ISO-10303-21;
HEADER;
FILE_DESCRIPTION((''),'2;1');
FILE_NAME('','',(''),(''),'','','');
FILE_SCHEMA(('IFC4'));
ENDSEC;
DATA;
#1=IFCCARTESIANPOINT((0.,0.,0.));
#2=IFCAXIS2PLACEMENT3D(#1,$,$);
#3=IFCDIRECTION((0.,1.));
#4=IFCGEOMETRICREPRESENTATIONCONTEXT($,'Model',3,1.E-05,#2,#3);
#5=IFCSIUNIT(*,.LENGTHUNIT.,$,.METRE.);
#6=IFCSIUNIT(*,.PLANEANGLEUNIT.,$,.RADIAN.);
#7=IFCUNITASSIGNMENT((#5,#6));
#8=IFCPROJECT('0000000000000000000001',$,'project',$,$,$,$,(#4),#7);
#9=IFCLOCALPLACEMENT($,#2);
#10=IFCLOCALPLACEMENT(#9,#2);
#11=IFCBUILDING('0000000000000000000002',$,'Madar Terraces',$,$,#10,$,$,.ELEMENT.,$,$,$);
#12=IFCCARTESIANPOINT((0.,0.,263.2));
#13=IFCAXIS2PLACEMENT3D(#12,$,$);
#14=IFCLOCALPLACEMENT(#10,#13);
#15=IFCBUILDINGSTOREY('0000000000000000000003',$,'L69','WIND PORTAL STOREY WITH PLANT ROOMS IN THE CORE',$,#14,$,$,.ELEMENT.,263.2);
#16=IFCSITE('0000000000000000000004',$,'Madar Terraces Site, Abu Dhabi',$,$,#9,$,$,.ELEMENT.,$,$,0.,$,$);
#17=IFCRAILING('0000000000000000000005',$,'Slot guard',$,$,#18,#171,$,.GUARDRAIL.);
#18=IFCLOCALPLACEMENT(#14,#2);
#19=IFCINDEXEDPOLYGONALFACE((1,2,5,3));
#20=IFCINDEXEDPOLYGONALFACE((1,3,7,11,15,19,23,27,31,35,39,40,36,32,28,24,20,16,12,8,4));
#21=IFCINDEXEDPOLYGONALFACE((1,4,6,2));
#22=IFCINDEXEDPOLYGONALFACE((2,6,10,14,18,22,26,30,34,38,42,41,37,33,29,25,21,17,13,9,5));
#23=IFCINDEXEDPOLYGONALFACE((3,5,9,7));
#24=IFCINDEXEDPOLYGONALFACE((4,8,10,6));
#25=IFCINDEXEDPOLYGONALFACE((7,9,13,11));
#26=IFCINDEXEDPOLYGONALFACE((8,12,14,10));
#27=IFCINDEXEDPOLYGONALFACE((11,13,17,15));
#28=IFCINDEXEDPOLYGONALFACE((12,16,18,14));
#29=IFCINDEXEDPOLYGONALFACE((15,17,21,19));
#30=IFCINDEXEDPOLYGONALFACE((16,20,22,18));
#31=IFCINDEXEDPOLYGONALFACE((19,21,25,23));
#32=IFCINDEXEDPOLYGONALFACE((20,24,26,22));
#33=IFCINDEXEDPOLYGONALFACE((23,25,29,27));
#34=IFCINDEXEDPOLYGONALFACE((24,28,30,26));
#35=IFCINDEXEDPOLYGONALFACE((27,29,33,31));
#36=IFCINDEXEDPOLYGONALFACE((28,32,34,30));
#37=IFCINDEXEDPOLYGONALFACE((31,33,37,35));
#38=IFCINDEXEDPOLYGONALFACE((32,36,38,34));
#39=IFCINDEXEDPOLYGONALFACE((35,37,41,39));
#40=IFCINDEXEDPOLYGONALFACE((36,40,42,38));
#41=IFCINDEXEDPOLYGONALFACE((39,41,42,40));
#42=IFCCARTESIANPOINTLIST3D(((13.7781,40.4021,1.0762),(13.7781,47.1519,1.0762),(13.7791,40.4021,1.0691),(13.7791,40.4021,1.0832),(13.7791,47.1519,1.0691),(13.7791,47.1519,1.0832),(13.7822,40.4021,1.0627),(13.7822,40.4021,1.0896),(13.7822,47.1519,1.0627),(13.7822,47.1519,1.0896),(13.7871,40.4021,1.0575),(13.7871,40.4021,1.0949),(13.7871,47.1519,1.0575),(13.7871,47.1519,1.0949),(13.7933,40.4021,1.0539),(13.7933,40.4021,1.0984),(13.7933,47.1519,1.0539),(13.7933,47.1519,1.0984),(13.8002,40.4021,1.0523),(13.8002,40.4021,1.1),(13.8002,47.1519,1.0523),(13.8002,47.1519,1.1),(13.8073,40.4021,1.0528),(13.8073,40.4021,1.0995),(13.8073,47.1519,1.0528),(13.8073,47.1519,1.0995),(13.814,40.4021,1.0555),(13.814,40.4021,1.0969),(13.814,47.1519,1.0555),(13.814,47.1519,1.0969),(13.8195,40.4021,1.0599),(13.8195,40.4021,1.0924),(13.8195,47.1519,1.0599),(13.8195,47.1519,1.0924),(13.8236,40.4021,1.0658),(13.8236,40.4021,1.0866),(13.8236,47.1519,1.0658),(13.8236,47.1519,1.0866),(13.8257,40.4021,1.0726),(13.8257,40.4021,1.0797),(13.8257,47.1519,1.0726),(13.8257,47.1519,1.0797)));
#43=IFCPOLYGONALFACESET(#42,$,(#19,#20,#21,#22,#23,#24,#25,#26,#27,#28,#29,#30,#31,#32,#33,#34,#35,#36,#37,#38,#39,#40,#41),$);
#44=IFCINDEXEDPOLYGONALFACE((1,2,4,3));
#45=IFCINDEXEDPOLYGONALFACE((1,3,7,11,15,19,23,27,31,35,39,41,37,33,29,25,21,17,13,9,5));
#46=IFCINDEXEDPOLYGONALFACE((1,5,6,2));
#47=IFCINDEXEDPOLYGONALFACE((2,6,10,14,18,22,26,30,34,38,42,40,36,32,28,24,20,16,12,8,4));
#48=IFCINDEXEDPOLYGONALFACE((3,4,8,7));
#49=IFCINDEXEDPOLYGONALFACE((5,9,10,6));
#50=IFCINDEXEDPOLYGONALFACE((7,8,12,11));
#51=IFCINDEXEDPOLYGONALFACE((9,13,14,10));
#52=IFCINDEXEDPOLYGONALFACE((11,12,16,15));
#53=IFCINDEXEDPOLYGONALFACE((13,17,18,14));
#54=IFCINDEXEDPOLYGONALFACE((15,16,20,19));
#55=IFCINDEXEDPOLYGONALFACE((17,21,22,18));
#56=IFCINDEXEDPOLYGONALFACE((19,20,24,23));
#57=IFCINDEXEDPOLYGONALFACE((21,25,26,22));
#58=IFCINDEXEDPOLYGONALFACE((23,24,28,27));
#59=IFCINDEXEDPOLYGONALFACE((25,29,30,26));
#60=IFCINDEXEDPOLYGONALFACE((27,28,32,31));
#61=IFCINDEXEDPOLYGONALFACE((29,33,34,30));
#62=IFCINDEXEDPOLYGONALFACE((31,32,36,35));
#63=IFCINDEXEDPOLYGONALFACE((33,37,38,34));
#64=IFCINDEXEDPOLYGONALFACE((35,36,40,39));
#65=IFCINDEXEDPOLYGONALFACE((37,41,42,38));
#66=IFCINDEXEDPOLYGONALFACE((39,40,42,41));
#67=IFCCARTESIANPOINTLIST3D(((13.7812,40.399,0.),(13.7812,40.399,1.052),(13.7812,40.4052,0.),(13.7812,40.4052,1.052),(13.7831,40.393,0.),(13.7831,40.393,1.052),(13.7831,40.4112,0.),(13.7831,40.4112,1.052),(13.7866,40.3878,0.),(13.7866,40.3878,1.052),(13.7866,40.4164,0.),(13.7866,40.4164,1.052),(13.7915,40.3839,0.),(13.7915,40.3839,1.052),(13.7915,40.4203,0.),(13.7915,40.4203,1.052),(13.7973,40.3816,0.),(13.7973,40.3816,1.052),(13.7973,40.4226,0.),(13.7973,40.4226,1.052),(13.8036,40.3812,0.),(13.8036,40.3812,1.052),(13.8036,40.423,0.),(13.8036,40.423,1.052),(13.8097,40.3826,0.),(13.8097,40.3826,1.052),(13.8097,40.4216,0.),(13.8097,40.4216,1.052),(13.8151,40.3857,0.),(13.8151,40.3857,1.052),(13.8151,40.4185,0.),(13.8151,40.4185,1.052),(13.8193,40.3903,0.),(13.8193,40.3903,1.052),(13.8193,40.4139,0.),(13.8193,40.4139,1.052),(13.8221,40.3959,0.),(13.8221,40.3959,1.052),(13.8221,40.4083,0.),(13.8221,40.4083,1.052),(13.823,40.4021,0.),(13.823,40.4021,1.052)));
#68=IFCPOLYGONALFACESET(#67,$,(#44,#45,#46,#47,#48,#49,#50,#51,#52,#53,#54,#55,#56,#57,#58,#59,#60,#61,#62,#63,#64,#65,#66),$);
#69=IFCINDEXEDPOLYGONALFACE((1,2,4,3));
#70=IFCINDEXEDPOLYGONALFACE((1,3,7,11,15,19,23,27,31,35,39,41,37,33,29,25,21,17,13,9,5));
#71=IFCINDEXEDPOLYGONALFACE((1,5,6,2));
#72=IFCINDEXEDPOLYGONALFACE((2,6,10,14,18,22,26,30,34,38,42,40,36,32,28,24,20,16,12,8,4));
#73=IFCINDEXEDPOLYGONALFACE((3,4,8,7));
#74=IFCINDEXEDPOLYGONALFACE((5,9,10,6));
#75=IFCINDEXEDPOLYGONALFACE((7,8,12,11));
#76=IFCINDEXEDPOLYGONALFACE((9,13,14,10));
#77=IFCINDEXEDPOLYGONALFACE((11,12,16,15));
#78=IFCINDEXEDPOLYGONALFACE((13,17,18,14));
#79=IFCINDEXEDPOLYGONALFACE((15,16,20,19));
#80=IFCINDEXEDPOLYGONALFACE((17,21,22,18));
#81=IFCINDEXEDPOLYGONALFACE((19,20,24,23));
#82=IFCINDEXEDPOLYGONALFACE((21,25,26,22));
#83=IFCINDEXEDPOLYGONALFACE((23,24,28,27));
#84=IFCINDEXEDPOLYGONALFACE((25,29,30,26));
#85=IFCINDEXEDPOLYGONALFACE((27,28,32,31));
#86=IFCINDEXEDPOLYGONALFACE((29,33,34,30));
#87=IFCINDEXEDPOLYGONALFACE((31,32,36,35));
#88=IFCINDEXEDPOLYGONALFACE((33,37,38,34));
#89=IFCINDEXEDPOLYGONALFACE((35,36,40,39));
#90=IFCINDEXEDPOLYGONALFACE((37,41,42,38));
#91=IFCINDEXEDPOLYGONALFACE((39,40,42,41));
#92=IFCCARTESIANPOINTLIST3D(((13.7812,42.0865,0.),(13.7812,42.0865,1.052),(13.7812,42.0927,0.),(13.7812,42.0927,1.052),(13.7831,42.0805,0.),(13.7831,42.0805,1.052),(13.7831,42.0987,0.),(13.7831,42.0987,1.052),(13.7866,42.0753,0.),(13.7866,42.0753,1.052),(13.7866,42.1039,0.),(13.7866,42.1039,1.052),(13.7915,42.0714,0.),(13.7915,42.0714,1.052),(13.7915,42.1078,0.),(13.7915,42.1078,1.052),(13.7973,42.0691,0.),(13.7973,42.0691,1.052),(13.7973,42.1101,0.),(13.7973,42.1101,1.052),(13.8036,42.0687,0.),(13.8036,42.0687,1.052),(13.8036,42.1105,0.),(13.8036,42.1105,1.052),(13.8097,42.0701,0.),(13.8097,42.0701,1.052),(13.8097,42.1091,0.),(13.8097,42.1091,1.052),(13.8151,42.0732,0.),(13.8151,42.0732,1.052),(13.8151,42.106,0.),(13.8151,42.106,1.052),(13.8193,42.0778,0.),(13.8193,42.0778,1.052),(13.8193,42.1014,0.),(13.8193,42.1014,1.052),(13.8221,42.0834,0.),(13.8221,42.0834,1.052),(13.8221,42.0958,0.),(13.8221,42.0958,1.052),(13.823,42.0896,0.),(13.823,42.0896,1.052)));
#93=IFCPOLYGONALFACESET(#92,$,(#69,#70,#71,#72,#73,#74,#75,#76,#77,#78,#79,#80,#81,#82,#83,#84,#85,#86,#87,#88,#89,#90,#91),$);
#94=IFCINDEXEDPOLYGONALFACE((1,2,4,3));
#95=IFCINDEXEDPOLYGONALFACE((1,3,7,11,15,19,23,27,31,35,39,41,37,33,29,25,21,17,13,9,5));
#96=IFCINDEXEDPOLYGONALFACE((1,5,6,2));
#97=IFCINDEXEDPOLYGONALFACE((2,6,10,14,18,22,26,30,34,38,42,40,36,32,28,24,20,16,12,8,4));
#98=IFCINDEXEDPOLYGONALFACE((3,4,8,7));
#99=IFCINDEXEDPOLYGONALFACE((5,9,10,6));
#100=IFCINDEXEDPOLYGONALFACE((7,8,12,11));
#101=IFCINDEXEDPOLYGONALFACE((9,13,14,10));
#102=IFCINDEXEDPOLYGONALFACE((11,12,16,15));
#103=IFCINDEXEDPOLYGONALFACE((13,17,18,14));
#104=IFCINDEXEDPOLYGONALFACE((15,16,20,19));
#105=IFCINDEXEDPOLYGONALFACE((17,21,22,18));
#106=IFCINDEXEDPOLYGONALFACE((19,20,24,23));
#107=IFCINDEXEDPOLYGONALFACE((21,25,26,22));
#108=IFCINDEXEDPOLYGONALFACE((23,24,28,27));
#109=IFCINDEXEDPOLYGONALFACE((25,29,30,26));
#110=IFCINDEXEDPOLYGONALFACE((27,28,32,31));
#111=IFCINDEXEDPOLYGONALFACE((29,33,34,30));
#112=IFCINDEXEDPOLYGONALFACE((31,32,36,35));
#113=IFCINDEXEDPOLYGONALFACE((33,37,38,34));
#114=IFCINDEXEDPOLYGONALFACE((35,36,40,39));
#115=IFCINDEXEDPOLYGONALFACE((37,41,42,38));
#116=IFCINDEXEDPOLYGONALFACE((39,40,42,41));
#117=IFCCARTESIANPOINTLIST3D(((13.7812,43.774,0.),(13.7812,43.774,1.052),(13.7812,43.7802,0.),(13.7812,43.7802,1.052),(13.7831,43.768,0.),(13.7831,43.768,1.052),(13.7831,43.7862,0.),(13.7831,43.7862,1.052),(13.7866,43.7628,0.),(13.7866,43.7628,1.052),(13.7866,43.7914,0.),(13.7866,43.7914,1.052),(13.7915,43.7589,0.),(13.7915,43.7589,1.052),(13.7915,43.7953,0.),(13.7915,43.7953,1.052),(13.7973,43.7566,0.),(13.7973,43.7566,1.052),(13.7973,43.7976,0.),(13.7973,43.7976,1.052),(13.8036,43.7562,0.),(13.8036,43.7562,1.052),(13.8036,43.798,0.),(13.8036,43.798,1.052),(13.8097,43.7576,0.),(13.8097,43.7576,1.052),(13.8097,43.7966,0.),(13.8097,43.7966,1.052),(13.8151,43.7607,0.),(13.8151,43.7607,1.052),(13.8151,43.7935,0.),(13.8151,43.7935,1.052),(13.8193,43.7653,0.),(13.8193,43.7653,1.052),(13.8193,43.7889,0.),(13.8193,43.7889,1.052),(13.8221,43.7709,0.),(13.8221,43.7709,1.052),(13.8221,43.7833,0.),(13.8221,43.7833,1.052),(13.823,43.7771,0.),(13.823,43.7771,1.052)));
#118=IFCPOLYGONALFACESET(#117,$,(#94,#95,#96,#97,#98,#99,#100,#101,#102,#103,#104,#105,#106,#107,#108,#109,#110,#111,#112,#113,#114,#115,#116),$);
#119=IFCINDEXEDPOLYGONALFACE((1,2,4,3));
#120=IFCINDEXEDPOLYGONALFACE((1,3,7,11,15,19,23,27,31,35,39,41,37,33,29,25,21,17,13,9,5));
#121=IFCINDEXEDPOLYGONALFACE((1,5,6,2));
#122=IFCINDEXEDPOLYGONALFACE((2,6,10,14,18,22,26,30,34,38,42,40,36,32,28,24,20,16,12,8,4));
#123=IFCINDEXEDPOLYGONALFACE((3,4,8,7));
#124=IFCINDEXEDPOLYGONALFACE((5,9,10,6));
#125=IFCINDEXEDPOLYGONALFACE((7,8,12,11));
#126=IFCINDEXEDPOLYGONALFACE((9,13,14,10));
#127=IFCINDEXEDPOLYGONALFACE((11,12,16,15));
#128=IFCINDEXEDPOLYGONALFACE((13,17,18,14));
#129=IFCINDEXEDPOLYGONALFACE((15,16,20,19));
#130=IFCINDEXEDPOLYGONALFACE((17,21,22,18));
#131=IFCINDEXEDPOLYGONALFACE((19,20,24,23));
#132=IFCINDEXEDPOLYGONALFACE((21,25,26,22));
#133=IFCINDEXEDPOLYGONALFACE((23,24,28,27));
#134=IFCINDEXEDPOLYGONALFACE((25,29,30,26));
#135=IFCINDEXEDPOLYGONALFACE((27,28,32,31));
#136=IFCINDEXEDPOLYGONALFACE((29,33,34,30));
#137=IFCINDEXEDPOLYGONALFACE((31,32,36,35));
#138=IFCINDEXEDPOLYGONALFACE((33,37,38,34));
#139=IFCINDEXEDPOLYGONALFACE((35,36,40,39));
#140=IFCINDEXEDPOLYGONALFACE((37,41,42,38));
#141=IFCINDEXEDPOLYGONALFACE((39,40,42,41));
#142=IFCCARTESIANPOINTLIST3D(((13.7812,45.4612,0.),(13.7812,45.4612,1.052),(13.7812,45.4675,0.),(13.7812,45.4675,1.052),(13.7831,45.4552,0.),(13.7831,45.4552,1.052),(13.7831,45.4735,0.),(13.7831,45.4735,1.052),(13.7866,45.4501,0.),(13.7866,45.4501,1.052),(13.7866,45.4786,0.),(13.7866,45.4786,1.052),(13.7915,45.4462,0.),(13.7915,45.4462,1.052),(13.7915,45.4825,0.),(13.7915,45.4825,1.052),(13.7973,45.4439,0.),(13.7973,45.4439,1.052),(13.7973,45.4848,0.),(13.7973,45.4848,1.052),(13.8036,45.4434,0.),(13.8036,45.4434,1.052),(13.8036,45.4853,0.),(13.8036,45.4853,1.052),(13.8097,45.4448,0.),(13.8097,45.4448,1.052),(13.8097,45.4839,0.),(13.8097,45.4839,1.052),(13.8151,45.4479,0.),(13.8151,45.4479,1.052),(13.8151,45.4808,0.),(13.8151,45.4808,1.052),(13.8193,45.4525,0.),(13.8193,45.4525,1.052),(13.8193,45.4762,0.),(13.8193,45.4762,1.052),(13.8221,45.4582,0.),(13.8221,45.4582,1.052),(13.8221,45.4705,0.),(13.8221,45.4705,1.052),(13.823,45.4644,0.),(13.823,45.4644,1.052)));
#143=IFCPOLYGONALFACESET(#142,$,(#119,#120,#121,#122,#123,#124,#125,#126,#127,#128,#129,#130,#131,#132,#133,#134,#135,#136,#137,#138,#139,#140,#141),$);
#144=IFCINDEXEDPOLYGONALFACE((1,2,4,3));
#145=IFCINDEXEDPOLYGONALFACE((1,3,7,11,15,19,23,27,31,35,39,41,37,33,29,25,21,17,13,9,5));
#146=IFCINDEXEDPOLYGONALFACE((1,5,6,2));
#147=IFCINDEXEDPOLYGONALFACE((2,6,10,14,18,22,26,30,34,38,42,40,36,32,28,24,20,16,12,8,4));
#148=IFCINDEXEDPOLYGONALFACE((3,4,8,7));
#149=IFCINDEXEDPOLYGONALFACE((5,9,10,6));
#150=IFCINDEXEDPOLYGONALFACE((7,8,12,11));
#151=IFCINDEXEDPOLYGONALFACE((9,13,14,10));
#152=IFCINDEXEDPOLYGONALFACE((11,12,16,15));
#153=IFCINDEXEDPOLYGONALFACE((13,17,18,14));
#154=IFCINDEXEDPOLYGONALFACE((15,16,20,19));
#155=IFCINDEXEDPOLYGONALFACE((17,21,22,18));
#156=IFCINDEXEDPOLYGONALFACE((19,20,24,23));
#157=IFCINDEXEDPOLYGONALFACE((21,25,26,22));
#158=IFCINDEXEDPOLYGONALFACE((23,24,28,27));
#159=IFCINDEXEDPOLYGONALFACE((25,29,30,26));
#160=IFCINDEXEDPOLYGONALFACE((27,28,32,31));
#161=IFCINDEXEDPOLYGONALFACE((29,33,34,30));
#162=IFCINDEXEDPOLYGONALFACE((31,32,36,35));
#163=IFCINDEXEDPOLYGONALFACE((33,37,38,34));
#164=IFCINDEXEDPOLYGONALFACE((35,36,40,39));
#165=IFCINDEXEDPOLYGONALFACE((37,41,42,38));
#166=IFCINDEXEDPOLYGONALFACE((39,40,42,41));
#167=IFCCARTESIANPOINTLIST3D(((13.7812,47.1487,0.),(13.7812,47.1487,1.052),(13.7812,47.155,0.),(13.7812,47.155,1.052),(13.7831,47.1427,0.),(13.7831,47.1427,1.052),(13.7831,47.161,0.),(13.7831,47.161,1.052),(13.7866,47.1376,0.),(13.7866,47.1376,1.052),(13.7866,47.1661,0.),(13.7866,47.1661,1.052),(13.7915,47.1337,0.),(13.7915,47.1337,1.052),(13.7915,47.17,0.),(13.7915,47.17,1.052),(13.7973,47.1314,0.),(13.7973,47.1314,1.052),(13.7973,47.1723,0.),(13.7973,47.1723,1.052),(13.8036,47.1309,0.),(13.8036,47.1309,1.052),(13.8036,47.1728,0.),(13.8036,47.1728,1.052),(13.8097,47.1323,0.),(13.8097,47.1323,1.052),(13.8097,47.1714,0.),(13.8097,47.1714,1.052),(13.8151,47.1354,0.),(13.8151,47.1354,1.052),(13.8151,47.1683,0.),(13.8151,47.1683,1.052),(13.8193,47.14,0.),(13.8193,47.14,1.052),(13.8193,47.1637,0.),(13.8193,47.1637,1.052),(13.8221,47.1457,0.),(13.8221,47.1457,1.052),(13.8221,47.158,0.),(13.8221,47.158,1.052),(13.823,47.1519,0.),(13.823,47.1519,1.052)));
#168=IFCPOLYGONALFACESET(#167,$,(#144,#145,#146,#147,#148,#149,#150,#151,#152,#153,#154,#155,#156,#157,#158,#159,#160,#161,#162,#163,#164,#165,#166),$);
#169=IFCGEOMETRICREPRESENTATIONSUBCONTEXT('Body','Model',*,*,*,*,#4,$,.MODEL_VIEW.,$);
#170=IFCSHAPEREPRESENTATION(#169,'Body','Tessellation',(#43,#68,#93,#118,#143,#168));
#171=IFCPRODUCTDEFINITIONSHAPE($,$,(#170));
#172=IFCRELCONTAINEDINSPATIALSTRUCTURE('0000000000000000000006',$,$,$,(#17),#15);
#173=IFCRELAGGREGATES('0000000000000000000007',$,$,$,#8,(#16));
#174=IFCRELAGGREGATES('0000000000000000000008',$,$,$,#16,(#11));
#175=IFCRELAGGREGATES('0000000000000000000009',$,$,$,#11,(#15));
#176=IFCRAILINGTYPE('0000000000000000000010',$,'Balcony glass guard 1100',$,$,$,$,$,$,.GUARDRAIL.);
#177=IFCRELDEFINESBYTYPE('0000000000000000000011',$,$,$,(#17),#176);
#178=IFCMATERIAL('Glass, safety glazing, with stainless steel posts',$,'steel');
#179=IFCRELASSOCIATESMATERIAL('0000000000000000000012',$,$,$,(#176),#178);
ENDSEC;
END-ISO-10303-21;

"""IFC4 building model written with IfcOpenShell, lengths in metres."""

from ifc_helpers import new_model, si_unit, direction, frame, origin, origin_2d, place, context, subcontext, project, spatial, circle, extrude, material, type_object, element, save


model = new_model("IFC4")

# Units and contexts
model_context = context("Model", 3, precision=1e-05, world=origin(), true_north=direction((0.0, 1.0)))
body_context = subcontext(model_context, "Body", "Model", "MODEL_VIEW")
ifc_project = project(units=[si_unit("LENGTHUNIT", "METRE"), si_unit("PLANEANGLEUNIT", "RADIAN")], contexts=[model_context])

# Site, building, storey
site_placement = place(None, origin())
site = spatial("IfcSite", under=ifc_project, at=site_placement, Name="Madar Terraces Site, Abu Dhabi", CompositionType="ELEMENT", RefElevation=0.0)
building_placement = place(site_placement, origin())
building = spatial("IfcBuilding", under=site, at=building_placement, Name="Madar Terraces", CompositionType="ELEMENT")
storey_placement = place(building_placement, frame((0.0, 0.0, 263.2)))
storey = spatial("IfcBuildingStorey", under=building, at=storey_placement, Name="L69", Description="WIND PORTAL STOREY WITH PLANT ROOMS IN THE CORE", CompositionType="ELEMENT", Elevation=263.2)

# Railing
ifc_material_1 = material(Name="Glass, safety glazing, with stainless steel posts", Category="steel")
railing_type = type_object("IfcRailingType", Name="Balcony glass guard 1100", PredefinedType="GUARDRAIL", material=ifc_material_1)
railing_1_placement = place(storey_placement, frame((13.802, 40.4021, 0.0)))
element("IfcRailing", 1, at=railing_1_placement, inside=storey, type_object=railing_type, Name="Slot guard", PredefinedType="GUARDRAIL", context=body_context, shape_type="SweptSolid", body=[
    extrude(circle(Radius=0.0239, at=origin_2d()), frame((0.0, 0.0, 1.0762), z_axis=(0.0, 1.0, 0.0), x_axis=(-1.0, 0.0, 0.0)), (0.0, 0.0, 1.0), 6.7498),
    extrude(circle(Radius=0.021, at=origin_2d()), origin(), (0.0, 0.0, 1.0), 1.052),
    extrude(circle(Radius=0.021, at=origin_2d()), frame((0.0, 1.6875, 0.0)), (0.0, 0.0, 1.0), 1.052),
    extrude(circle(Radius=0.021, at=origin_2d()), frame((0.0, 3.375, 0.0)), (0.0, 0.0, 1.0), 1.052),
    extrude(circle(Radius=0.021, at=origin_2d()), frame((0.0, 5.0623, 0.0)), (0.0, 0.0, 1.0), 1.052),
    extrude(circle(Radius=0.021, at=origin_2d()), frame((0.0, 6.7498, 0.0)), (0.0, 0.0, 1.0), 1.052),
])

save(model, "model.ifc")
